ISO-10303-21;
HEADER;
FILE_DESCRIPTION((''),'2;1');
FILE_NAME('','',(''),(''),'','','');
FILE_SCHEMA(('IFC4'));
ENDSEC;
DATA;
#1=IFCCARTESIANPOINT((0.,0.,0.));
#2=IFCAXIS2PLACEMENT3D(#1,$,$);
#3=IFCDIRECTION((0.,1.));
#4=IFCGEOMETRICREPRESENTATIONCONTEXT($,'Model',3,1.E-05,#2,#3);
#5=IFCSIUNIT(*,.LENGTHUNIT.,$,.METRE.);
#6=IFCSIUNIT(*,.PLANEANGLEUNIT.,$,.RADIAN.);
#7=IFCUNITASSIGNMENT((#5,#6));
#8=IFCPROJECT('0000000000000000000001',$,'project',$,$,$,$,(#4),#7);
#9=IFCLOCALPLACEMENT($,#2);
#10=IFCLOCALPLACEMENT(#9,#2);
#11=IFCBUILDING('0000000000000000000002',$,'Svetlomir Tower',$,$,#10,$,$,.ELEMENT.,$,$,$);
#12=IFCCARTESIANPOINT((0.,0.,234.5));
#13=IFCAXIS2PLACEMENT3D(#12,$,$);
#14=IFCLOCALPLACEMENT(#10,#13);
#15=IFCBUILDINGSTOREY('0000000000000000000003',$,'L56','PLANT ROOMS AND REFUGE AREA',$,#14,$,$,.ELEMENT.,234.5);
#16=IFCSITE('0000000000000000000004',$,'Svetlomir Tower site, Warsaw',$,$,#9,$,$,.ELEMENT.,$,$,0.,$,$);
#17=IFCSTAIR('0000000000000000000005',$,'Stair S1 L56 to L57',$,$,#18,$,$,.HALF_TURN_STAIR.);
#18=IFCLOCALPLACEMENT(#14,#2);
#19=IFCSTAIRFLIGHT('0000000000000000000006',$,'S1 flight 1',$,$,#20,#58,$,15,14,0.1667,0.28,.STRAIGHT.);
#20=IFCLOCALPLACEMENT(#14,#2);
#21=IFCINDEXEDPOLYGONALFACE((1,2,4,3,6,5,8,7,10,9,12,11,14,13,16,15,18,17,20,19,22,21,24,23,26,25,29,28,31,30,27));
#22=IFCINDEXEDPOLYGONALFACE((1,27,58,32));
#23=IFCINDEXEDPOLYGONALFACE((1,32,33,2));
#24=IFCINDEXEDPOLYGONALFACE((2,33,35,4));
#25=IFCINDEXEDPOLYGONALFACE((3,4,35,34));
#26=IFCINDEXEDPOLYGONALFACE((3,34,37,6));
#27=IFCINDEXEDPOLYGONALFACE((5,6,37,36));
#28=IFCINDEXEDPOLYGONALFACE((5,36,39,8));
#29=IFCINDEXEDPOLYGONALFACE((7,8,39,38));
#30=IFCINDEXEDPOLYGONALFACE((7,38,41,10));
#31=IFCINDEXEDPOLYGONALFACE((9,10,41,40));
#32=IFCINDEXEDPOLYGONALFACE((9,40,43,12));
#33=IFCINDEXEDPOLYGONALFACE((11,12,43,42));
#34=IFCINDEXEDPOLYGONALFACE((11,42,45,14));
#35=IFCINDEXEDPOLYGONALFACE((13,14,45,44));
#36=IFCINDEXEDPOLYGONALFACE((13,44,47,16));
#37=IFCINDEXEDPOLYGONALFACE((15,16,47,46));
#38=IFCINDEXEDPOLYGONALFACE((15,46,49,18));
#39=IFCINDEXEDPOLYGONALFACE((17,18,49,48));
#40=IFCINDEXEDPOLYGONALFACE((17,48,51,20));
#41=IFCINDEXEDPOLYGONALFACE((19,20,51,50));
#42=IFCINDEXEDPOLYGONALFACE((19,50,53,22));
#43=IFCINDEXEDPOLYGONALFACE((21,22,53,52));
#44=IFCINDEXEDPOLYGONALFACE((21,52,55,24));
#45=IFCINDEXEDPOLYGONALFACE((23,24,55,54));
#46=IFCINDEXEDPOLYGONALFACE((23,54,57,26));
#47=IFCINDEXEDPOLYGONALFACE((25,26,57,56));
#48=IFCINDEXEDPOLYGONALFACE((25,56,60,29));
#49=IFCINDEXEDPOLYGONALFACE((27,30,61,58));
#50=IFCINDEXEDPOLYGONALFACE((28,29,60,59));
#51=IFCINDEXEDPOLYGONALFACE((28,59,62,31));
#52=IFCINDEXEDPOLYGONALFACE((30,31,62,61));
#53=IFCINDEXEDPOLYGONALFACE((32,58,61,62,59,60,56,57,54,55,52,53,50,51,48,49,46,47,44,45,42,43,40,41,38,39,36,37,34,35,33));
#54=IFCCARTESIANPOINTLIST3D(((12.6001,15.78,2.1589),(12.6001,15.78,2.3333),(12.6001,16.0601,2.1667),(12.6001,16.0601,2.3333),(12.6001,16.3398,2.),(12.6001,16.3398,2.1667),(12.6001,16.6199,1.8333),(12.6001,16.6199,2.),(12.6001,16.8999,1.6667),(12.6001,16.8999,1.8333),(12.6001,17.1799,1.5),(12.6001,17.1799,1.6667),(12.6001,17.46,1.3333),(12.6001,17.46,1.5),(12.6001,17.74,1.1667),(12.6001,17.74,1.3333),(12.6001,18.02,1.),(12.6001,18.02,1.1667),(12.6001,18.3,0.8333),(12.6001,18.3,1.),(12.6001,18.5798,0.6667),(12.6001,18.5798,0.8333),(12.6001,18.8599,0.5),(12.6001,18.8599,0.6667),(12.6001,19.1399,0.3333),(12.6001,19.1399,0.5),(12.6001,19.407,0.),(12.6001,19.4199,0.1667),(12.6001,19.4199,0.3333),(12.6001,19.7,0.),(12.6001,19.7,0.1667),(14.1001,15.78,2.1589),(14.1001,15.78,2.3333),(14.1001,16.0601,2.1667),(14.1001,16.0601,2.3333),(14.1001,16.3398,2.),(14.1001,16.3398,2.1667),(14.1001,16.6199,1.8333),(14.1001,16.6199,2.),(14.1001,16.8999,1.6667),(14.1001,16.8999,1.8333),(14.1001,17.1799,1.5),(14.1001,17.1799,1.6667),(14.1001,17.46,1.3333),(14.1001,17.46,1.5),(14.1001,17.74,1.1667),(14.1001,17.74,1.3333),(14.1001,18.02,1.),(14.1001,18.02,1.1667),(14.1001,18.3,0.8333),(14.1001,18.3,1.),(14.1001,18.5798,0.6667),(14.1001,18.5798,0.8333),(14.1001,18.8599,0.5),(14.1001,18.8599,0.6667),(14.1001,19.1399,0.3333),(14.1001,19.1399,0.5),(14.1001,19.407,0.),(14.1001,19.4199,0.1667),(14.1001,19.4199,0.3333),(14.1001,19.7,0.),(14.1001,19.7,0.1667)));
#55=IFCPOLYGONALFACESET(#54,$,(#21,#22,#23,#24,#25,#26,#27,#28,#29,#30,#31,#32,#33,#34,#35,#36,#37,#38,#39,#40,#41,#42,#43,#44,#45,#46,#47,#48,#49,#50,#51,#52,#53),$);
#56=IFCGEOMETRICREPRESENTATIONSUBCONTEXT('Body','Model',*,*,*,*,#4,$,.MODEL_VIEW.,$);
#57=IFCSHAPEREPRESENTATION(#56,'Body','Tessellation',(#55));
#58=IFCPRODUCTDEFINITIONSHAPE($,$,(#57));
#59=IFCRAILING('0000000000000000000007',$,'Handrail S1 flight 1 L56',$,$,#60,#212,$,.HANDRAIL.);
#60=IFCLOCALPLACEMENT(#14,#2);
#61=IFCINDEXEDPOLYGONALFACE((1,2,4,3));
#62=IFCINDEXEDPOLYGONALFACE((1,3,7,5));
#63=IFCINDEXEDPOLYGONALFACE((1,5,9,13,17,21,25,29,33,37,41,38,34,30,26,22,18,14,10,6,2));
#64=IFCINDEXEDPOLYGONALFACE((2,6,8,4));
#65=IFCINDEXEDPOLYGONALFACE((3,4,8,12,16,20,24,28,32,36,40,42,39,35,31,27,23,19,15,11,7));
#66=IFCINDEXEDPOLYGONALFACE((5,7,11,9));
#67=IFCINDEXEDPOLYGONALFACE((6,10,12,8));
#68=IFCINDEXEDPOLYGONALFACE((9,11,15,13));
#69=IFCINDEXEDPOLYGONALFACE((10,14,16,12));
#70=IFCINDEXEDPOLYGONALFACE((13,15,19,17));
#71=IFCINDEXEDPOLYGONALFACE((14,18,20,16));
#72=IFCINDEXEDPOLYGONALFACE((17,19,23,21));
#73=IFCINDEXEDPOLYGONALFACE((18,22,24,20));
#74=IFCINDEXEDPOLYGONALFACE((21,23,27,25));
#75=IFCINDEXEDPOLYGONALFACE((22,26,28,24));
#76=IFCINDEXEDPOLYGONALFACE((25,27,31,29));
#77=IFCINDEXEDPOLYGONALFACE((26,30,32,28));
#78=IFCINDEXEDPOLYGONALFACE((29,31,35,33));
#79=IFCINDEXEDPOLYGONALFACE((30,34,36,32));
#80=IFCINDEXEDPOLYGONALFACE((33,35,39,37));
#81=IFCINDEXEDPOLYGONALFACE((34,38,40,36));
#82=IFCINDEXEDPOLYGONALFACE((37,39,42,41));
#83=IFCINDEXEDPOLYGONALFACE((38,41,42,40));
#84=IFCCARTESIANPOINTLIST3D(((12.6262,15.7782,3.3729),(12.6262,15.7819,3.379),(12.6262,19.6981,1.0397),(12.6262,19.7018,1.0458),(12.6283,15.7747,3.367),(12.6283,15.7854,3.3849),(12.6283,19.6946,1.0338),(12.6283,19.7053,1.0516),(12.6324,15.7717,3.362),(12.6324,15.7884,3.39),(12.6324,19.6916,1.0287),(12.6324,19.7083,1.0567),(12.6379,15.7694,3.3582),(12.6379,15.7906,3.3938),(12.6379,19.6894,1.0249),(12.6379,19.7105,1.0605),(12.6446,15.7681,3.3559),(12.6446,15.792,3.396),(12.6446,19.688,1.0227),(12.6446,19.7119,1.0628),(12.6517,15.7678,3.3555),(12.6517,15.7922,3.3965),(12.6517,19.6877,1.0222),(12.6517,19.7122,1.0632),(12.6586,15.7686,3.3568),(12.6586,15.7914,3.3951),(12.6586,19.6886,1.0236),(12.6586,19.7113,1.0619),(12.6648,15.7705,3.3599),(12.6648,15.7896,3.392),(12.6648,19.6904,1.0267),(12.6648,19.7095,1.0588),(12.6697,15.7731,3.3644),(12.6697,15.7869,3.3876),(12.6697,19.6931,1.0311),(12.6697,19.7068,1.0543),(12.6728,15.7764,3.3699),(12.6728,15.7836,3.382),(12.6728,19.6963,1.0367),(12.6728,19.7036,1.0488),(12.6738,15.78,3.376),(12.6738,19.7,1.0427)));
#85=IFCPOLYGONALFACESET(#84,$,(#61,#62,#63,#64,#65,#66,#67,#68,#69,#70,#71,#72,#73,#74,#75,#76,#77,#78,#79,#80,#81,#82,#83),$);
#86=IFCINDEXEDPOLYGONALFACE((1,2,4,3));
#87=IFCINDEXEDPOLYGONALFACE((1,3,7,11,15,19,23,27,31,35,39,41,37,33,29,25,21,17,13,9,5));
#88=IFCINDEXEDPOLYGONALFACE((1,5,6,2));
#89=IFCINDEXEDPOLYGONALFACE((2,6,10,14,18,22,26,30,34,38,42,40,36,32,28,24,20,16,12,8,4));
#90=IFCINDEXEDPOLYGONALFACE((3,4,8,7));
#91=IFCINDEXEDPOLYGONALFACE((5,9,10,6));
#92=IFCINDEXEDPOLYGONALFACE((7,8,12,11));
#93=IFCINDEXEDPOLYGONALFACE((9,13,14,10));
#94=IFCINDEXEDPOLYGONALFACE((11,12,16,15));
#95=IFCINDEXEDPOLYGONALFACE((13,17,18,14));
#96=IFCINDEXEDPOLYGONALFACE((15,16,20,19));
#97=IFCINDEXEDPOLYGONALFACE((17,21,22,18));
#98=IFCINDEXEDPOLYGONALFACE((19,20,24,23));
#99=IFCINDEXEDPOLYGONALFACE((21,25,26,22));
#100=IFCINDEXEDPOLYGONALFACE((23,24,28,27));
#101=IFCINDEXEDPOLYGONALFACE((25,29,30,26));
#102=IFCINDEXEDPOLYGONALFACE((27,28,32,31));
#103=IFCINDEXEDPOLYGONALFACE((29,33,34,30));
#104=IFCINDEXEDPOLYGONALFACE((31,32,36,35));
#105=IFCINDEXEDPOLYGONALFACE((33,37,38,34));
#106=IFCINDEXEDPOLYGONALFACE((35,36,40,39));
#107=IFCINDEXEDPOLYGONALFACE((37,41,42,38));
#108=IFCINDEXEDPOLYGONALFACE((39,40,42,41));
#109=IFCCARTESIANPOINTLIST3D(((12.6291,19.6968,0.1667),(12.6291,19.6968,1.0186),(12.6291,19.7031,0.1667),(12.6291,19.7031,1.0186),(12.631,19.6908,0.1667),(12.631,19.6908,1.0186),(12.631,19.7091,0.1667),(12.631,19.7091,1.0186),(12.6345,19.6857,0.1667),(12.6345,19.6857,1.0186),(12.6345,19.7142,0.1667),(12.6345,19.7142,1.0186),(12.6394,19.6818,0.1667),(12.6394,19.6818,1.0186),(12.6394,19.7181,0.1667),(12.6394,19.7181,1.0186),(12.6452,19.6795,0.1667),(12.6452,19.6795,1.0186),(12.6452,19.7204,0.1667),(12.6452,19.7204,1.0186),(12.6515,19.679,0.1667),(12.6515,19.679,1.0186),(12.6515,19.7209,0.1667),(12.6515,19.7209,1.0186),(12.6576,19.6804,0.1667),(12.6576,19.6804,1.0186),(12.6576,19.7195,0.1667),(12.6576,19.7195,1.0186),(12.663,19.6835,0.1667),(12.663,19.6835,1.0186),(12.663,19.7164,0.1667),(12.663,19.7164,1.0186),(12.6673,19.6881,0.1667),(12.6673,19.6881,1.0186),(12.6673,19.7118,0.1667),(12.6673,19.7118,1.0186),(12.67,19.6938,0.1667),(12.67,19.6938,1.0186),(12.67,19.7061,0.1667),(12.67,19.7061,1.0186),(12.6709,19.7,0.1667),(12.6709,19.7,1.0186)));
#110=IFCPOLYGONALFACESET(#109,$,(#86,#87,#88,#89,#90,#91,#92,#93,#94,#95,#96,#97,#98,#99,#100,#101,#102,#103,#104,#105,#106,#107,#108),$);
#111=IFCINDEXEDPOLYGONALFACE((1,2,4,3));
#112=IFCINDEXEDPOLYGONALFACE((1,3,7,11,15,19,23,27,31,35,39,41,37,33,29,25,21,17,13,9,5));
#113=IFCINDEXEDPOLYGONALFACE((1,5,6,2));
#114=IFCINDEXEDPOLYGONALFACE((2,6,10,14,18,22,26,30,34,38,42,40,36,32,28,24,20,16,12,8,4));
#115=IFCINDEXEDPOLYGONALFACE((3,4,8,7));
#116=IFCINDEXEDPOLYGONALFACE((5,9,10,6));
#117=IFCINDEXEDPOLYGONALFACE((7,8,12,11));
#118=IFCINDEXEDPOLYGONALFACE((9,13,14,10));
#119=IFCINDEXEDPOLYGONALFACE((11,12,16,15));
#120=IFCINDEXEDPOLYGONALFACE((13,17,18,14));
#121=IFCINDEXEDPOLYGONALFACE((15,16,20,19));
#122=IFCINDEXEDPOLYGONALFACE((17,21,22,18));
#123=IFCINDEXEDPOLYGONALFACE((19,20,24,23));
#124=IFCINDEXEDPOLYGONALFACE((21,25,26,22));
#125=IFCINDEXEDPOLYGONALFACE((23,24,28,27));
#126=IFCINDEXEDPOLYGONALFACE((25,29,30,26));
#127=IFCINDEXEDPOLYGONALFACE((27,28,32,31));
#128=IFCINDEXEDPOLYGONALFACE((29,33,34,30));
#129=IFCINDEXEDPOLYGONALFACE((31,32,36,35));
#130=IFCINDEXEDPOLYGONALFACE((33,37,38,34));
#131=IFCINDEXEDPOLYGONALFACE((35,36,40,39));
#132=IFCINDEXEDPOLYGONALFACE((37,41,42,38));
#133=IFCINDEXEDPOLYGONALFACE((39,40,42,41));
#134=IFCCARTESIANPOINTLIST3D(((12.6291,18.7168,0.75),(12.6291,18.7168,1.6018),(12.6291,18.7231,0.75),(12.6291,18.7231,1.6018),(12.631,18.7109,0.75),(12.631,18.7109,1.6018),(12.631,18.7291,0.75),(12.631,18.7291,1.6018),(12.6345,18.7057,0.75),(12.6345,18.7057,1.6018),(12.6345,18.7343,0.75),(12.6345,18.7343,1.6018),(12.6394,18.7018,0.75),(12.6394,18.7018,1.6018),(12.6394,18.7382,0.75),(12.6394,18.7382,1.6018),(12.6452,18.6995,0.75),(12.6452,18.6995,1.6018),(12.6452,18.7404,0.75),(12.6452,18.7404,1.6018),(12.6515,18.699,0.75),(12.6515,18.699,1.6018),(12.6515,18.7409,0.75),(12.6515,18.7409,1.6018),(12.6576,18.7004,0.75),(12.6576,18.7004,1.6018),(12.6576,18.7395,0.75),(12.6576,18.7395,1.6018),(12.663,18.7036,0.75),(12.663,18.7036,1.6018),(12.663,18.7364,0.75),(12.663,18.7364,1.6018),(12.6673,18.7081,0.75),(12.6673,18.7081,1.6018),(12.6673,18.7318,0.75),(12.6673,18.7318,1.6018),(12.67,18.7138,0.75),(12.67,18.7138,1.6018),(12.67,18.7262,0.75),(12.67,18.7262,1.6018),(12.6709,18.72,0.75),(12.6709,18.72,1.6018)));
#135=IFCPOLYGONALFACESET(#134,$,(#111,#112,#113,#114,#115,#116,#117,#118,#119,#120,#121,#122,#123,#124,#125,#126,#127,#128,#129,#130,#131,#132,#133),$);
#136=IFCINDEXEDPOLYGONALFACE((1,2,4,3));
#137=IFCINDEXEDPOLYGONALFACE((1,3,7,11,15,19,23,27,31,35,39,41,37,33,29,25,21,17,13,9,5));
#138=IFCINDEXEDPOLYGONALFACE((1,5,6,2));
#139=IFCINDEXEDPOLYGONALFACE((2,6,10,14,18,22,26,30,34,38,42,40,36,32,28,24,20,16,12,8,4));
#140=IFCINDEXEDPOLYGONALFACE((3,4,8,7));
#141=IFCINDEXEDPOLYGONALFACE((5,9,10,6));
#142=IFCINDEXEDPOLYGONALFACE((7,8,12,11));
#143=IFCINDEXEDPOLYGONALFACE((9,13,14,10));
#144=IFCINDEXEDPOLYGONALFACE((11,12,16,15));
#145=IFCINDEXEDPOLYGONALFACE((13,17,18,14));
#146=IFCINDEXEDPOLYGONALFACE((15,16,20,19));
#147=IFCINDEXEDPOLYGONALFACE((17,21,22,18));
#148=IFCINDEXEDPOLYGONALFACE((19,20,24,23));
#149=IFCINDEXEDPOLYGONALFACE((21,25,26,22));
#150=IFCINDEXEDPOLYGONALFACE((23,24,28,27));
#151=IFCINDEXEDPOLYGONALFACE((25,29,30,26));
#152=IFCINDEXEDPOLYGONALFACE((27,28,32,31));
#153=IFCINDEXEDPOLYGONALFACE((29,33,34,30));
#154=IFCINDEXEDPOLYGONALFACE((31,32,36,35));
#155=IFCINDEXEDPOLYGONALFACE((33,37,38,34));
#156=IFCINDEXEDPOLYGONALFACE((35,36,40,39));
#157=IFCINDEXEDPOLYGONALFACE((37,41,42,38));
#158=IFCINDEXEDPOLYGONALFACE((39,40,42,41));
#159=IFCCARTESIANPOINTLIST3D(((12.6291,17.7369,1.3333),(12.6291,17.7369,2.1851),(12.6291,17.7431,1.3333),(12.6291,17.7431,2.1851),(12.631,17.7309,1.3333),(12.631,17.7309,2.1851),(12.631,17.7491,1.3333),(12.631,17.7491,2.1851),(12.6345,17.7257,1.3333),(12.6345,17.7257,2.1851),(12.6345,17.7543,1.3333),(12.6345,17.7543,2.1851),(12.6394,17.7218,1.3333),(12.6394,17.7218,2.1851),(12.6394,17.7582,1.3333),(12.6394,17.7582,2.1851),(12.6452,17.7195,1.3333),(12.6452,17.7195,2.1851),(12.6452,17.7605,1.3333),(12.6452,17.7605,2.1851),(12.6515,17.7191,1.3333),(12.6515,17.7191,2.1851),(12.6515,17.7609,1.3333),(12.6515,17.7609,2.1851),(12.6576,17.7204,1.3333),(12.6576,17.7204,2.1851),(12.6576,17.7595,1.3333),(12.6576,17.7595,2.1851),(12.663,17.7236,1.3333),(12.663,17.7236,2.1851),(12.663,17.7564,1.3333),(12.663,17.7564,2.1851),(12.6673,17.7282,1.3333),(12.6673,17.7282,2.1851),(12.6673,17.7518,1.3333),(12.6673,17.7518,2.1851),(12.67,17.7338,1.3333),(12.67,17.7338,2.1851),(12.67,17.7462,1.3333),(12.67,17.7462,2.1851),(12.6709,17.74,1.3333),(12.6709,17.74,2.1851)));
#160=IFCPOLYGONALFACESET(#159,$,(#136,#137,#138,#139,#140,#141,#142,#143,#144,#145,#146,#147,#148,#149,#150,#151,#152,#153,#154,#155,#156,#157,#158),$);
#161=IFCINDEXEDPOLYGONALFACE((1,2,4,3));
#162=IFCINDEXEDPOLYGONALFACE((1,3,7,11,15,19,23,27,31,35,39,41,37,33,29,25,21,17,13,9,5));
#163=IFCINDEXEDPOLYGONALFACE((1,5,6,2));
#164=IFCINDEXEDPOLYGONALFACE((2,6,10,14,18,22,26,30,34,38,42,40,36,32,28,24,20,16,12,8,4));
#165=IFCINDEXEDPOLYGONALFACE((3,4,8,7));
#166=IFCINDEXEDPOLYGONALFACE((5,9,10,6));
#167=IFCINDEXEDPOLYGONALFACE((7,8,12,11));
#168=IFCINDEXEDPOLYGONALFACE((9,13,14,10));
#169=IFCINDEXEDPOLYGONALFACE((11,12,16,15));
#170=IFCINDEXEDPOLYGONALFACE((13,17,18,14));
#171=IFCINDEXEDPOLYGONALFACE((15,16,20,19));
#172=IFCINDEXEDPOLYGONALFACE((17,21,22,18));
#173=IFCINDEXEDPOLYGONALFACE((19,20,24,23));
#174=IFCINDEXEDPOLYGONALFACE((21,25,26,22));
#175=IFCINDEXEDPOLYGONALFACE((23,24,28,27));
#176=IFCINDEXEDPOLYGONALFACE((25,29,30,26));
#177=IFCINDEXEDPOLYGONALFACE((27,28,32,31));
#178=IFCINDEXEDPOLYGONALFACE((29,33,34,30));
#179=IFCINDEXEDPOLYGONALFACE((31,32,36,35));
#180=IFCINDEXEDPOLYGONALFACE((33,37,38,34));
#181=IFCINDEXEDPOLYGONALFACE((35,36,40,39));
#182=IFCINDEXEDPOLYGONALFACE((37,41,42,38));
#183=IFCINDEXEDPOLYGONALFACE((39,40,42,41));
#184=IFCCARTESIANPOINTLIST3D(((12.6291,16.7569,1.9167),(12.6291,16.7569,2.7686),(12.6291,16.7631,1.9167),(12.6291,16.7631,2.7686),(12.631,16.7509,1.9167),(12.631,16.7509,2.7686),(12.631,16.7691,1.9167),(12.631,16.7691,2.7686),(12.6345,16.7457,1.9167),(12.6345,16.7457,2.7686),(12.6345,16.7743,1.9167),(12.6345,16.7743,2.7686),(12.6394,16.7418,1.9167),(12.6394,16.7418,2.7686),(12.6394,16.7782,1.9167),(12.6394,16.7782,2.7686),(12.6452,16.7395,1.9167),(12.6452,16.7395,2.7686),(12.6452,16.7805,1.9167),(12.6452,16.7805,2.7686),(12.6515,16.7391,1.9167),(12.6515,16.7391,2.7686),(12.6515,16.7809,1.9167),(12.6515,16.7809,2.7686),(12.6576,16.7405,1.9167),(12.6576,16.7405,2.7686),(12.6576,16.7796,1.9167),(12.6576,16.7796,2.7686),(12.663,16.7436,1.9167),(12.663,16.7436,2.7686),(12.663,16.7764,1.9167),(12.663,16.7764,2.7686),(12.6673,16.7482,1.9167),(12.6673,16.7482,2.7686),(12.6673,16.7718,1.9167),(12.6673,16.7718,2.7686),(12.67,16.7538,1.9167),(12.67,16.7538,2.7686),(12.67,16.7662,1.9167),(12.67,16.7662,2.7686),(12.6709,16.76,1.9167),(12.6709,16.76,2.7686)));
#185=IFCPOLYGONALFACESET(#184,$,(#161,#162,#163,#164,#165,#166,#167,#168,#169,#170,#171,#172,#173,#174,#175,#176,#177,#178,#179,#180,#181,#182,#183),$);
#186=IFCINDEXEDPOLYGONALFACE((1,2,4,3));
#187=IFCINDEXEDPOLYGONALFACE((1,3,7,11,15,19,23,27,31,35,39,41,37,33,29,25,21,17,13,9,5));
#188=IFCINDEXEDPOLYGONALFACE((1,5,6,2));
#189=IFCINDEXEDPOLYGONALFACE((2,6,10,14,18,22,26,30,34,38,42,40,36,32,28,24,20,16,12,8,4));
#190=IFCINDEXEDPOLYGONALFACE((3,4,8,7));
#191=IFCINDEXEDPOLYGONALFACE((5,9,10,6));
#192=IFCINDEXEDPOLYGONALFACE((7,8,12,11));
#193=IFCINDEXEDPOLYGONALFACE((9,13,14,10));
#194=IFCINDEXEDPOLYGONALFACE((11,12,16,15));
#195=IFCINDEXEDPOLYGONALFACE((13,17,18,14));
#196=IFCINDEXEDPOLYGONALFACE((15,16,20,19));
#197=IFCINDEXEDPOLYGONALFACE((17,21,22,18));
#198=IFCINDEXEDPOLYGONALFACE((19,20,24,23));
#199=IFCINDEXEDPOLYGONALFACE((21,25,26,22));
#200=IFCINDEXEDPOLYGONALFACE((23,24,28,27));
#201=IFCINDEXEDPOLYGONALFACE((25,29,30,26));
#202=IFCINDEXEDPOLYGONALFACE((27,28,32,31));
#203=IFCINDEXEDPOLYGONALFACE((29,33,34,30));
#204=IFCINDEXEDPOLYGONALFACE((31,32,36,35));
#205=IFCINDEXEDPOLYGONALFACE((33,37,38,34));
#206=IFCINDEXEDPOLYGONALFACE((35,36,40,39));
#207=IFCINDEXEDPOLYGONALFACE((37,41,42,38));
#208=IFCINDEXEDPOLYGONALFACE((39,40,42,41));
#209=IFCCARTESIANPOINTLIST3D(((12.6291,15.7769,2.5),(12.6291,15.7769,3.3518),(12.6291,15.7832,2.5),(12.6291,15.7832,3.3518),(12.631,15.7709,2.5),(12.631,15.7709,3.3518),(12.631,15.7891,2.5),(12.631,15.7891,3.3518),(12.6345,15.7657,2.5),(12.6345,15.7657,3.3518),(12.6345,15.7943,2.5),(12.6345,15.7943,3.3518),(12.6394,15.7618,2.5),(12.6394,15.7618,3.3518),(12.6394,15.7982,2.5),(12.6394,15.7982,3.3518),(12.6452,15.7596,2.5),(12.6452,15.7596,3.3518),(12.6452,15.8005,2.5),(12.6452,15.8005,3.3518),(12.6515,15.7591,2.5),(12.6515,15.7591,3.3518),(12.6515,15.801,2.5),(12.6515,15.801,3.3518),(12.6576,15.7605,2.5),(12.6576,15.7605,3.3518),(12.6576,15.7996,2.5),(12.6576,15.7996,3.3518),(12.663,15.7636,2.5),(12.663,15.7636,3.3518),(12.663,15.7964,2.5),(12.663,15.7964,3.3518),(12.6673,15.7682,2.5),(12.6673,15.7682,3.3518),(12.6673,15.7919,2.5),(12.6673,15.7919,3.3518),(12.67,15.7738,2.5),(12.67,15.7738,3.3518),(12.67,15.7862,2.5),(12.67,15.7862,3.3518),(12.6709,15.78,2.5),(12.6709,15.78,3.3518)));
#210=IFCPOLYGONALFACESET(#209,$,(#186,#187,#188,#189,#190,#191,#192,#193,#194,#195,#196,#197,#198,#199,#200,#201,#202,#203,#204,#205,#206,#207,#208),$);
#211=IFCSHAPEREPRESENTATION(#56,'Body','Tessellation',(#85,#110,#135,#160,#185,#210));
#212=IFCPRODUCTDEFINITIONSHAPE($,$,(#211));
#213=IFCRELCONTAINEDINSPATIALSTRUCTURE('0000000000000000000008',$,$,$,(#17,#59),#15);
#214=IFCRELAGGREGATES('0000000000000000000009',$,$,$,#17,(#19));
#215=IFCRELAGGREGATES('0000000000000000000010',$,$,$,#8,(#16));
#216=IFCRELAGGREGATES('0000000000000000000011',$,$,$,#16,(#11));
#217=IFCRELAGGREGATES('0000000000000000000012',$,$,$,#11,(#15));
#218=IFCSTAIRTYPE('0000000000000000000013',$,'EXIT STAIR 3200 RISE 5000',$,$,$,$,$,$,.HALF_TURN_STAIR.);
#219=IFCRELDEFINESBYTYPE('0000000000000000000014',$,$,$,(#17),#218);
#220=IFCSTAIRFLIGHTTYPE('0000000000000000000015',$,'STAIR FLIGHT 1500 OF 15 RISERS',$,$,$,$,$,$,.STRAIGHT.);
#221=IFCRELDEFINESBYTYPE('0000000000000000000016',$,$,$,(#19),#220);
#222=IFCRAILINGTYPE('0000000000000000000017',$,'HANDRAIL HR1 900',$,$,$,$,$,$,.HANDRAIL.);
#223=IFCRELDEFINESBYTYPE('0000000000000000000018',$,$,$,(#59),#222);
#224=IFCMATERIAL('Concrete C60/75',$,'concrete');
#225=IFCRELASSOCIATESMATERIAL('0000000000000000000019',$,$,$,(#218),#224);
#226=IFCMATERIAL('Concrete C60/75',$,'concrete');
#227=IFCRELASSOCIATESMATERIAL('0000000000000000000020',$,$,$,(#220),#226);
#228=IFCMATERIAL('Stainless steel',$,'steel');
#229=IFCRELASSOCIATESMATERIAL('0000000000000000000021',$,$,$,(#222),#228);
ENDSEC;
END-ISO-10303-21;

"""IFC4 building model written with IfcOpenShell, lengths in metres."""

from ifc_helpers import new_model, si_unit, direction, frame, origin, origin_2d, place, context, subcontext, project, spatial, polyline, circle, outline, extrude, material, type_object, element, aggregate, save


model = new_model("IFC4")

# Units and contexts
model_context = context("Model", 3, precision=1e-05, world=origin(), true_north=direction((0.0, 1.0)))
body_context = subcontext(model_context, "Body", "Model", "MODEL_VIEW")
ifc_project = project(units=[si_unit("LENGTHUNIT", "METRE"), si_unit("PLANEANGLEUNIT", "RADIAN")], contexts=[model_context])

# Site, building, storey
site_placement = place(None, origin())
site = spatial("IfcSite", under=ifc_project, at=site_placement, Name="Svetlomir Tower site, Warsaw", CompositionType="ELEMENT", RefElevation=0.0)
building_placement = place(site_placement, origin())
building = spatial("IfcBuilding", under=site, at=building_placement, Name="Svetlomir Tower", CompositionType="ELEMENT")
storey_placement = place(building_placement, frame((0.0, 0.0, 234.5)))
storey = spatial("IfcBuildingStorey", under=building, at=storey_placement, Name="L56", Description="PLANT ROOMS AND REFUGE AREA", CompositionType="ELEMENT", Elevation=234.5)

# Stair, stair flight
ifc_material_1 = material(Name="Concrete C60/75", Category="concrete")
stair_type = type_object("IfcStairType", Name="EXIT STAIR 3200 RISE 5000", PredefinedType="HALF_TURN_STAIR", material=ifc_material_1)
stair_placement = place(storey_placement, origin())
stair = element("IfcStair", 1, at=stair_placement, inside=storey, type_object=stair_type, Name="Stair S1 L56 to L57", PredefinedType="HALF_TURN_STAIR")
ifc_material_2 = material(Name="Concrete C60/75", Category="concrete")
stair_flight_type = type_object("IfcStairFlightType", Name="STAIR FLIGHT 1500 OF 15 RISERS", PredefinedType="STRAIGHT", material=ifc_material_2)
stair_flight_placement = place(storey_placement, frame((13.3501, 19.7, 0.0), z_axis=(0.0, 0.0, 1.0), x_axis=(0.0, -1.0, 0.0)))
stair_flight = element("IfcStairFlight", 2, at=stair_flight_placement, type_object=stair_flight_type, Name="S1 flight 1", NumberOfRisers=15, NumberOfTreads=14, PredefinedType="STRAIGHT", RiserHeight=0.1667, TreadLength=0.28, context=body_context, shape_type="SweptSolid", body=[
    extrude(outline(polyline([(0.0, 0.0), (0.0, 0.1667), (0.28, 0.1667), (0.28, 0.3333), (0.5601, 0.3333), (0.5601, 0.5), (0.8401, 0.5), (0.8401, 0.6667), (1.1201, 0.6667), (1.1201, 0.8333), (1.3999, 0.8333), (1.3999, 1.0), (1.6799, 1.0), (1.6799, 1.1667), (1.96, 1.1667), (1.96, 1.3333), (2.24, 1.3333), (2.24, 1.5), (2.52, 1.5), (2.52, 1.6667), (2.8, 1.6667), (2.8, 1.8333), (3.0801, 1.8333), (3.0801, 2.0), (3.3601, 2.0), (3.3601, 2.1667), (3.6399, 2.1667), (3.6399, 2.3333), (3.9199, 2.3333), (3.9199, 2.5), (3.9199, 2.1589), (0.293, 0.0), (0.0, 0.0)])), frame((0.0, 0.75, 0.0), z_axis=(0.0, -1.0, 0.0), x_axis=(1.0, 0.0, 0.0)), (0.0, 0.0, 1.0), 1.5),
])
aggregate(stair, [stair_flight])

# Railing
ifc_material_3 = material(Name="Stainless steel", Category="steel")
railing_type = type_object("IfcRailingType", Name="HANDRAIL HR1 900", PredefinedType="HANDRAIL", material=ifc_material_3)
railing_placement = place(storey_placement, frame((12.6499, 19.7, 0.1667)))
element("IfcRailing", 3, at=railing_placement, inside=storey, type_object=railing_type, Name="Handrail S1 flight 1 L56", PredefinedType="HANDRAIL", context=body_context, shape_type="SweptSolid", body=[
    extrude(circle(Radius=0.0239, at=origin_2d()), frame((0.0, 0.0, 0.876), z_axis=(0.0, -0.859296, 0.511478), x_axis=(1.0, 0.0, 0.0)), (0.0, 0.0, 1.0), 4.5618),
    extrude(circle(Radius=0.021, at=origin_2d()), origin(), (0.0, 0.0, 1.0), 0.8518),
    extrude(circle(Radius=0.021, at=origin_2d()), frame((0.0, -0.98, 0.5833)), (0.0, 0.0, 1.0), 0.8518),
    extrude(circle(Radius=0.021, at=origin_2d()), frame((0.0, -1.96, 1.1665)), (0.0, 0.0, 1.0), 0.8518),
    extrude(circle(Radius=0.021, at=origin_2d()), frame((0.0, -2.9399, 1.75)), (0.0, 0.0, 1.0), 0.8518),
    extrude(circle(Radius=0.021, at=origin_2d()), frame((0.0, -3.9199, 2.3333)), (0.0, 0.0, 1.0), 0.8518),
])

save(model, "model.ifc")
